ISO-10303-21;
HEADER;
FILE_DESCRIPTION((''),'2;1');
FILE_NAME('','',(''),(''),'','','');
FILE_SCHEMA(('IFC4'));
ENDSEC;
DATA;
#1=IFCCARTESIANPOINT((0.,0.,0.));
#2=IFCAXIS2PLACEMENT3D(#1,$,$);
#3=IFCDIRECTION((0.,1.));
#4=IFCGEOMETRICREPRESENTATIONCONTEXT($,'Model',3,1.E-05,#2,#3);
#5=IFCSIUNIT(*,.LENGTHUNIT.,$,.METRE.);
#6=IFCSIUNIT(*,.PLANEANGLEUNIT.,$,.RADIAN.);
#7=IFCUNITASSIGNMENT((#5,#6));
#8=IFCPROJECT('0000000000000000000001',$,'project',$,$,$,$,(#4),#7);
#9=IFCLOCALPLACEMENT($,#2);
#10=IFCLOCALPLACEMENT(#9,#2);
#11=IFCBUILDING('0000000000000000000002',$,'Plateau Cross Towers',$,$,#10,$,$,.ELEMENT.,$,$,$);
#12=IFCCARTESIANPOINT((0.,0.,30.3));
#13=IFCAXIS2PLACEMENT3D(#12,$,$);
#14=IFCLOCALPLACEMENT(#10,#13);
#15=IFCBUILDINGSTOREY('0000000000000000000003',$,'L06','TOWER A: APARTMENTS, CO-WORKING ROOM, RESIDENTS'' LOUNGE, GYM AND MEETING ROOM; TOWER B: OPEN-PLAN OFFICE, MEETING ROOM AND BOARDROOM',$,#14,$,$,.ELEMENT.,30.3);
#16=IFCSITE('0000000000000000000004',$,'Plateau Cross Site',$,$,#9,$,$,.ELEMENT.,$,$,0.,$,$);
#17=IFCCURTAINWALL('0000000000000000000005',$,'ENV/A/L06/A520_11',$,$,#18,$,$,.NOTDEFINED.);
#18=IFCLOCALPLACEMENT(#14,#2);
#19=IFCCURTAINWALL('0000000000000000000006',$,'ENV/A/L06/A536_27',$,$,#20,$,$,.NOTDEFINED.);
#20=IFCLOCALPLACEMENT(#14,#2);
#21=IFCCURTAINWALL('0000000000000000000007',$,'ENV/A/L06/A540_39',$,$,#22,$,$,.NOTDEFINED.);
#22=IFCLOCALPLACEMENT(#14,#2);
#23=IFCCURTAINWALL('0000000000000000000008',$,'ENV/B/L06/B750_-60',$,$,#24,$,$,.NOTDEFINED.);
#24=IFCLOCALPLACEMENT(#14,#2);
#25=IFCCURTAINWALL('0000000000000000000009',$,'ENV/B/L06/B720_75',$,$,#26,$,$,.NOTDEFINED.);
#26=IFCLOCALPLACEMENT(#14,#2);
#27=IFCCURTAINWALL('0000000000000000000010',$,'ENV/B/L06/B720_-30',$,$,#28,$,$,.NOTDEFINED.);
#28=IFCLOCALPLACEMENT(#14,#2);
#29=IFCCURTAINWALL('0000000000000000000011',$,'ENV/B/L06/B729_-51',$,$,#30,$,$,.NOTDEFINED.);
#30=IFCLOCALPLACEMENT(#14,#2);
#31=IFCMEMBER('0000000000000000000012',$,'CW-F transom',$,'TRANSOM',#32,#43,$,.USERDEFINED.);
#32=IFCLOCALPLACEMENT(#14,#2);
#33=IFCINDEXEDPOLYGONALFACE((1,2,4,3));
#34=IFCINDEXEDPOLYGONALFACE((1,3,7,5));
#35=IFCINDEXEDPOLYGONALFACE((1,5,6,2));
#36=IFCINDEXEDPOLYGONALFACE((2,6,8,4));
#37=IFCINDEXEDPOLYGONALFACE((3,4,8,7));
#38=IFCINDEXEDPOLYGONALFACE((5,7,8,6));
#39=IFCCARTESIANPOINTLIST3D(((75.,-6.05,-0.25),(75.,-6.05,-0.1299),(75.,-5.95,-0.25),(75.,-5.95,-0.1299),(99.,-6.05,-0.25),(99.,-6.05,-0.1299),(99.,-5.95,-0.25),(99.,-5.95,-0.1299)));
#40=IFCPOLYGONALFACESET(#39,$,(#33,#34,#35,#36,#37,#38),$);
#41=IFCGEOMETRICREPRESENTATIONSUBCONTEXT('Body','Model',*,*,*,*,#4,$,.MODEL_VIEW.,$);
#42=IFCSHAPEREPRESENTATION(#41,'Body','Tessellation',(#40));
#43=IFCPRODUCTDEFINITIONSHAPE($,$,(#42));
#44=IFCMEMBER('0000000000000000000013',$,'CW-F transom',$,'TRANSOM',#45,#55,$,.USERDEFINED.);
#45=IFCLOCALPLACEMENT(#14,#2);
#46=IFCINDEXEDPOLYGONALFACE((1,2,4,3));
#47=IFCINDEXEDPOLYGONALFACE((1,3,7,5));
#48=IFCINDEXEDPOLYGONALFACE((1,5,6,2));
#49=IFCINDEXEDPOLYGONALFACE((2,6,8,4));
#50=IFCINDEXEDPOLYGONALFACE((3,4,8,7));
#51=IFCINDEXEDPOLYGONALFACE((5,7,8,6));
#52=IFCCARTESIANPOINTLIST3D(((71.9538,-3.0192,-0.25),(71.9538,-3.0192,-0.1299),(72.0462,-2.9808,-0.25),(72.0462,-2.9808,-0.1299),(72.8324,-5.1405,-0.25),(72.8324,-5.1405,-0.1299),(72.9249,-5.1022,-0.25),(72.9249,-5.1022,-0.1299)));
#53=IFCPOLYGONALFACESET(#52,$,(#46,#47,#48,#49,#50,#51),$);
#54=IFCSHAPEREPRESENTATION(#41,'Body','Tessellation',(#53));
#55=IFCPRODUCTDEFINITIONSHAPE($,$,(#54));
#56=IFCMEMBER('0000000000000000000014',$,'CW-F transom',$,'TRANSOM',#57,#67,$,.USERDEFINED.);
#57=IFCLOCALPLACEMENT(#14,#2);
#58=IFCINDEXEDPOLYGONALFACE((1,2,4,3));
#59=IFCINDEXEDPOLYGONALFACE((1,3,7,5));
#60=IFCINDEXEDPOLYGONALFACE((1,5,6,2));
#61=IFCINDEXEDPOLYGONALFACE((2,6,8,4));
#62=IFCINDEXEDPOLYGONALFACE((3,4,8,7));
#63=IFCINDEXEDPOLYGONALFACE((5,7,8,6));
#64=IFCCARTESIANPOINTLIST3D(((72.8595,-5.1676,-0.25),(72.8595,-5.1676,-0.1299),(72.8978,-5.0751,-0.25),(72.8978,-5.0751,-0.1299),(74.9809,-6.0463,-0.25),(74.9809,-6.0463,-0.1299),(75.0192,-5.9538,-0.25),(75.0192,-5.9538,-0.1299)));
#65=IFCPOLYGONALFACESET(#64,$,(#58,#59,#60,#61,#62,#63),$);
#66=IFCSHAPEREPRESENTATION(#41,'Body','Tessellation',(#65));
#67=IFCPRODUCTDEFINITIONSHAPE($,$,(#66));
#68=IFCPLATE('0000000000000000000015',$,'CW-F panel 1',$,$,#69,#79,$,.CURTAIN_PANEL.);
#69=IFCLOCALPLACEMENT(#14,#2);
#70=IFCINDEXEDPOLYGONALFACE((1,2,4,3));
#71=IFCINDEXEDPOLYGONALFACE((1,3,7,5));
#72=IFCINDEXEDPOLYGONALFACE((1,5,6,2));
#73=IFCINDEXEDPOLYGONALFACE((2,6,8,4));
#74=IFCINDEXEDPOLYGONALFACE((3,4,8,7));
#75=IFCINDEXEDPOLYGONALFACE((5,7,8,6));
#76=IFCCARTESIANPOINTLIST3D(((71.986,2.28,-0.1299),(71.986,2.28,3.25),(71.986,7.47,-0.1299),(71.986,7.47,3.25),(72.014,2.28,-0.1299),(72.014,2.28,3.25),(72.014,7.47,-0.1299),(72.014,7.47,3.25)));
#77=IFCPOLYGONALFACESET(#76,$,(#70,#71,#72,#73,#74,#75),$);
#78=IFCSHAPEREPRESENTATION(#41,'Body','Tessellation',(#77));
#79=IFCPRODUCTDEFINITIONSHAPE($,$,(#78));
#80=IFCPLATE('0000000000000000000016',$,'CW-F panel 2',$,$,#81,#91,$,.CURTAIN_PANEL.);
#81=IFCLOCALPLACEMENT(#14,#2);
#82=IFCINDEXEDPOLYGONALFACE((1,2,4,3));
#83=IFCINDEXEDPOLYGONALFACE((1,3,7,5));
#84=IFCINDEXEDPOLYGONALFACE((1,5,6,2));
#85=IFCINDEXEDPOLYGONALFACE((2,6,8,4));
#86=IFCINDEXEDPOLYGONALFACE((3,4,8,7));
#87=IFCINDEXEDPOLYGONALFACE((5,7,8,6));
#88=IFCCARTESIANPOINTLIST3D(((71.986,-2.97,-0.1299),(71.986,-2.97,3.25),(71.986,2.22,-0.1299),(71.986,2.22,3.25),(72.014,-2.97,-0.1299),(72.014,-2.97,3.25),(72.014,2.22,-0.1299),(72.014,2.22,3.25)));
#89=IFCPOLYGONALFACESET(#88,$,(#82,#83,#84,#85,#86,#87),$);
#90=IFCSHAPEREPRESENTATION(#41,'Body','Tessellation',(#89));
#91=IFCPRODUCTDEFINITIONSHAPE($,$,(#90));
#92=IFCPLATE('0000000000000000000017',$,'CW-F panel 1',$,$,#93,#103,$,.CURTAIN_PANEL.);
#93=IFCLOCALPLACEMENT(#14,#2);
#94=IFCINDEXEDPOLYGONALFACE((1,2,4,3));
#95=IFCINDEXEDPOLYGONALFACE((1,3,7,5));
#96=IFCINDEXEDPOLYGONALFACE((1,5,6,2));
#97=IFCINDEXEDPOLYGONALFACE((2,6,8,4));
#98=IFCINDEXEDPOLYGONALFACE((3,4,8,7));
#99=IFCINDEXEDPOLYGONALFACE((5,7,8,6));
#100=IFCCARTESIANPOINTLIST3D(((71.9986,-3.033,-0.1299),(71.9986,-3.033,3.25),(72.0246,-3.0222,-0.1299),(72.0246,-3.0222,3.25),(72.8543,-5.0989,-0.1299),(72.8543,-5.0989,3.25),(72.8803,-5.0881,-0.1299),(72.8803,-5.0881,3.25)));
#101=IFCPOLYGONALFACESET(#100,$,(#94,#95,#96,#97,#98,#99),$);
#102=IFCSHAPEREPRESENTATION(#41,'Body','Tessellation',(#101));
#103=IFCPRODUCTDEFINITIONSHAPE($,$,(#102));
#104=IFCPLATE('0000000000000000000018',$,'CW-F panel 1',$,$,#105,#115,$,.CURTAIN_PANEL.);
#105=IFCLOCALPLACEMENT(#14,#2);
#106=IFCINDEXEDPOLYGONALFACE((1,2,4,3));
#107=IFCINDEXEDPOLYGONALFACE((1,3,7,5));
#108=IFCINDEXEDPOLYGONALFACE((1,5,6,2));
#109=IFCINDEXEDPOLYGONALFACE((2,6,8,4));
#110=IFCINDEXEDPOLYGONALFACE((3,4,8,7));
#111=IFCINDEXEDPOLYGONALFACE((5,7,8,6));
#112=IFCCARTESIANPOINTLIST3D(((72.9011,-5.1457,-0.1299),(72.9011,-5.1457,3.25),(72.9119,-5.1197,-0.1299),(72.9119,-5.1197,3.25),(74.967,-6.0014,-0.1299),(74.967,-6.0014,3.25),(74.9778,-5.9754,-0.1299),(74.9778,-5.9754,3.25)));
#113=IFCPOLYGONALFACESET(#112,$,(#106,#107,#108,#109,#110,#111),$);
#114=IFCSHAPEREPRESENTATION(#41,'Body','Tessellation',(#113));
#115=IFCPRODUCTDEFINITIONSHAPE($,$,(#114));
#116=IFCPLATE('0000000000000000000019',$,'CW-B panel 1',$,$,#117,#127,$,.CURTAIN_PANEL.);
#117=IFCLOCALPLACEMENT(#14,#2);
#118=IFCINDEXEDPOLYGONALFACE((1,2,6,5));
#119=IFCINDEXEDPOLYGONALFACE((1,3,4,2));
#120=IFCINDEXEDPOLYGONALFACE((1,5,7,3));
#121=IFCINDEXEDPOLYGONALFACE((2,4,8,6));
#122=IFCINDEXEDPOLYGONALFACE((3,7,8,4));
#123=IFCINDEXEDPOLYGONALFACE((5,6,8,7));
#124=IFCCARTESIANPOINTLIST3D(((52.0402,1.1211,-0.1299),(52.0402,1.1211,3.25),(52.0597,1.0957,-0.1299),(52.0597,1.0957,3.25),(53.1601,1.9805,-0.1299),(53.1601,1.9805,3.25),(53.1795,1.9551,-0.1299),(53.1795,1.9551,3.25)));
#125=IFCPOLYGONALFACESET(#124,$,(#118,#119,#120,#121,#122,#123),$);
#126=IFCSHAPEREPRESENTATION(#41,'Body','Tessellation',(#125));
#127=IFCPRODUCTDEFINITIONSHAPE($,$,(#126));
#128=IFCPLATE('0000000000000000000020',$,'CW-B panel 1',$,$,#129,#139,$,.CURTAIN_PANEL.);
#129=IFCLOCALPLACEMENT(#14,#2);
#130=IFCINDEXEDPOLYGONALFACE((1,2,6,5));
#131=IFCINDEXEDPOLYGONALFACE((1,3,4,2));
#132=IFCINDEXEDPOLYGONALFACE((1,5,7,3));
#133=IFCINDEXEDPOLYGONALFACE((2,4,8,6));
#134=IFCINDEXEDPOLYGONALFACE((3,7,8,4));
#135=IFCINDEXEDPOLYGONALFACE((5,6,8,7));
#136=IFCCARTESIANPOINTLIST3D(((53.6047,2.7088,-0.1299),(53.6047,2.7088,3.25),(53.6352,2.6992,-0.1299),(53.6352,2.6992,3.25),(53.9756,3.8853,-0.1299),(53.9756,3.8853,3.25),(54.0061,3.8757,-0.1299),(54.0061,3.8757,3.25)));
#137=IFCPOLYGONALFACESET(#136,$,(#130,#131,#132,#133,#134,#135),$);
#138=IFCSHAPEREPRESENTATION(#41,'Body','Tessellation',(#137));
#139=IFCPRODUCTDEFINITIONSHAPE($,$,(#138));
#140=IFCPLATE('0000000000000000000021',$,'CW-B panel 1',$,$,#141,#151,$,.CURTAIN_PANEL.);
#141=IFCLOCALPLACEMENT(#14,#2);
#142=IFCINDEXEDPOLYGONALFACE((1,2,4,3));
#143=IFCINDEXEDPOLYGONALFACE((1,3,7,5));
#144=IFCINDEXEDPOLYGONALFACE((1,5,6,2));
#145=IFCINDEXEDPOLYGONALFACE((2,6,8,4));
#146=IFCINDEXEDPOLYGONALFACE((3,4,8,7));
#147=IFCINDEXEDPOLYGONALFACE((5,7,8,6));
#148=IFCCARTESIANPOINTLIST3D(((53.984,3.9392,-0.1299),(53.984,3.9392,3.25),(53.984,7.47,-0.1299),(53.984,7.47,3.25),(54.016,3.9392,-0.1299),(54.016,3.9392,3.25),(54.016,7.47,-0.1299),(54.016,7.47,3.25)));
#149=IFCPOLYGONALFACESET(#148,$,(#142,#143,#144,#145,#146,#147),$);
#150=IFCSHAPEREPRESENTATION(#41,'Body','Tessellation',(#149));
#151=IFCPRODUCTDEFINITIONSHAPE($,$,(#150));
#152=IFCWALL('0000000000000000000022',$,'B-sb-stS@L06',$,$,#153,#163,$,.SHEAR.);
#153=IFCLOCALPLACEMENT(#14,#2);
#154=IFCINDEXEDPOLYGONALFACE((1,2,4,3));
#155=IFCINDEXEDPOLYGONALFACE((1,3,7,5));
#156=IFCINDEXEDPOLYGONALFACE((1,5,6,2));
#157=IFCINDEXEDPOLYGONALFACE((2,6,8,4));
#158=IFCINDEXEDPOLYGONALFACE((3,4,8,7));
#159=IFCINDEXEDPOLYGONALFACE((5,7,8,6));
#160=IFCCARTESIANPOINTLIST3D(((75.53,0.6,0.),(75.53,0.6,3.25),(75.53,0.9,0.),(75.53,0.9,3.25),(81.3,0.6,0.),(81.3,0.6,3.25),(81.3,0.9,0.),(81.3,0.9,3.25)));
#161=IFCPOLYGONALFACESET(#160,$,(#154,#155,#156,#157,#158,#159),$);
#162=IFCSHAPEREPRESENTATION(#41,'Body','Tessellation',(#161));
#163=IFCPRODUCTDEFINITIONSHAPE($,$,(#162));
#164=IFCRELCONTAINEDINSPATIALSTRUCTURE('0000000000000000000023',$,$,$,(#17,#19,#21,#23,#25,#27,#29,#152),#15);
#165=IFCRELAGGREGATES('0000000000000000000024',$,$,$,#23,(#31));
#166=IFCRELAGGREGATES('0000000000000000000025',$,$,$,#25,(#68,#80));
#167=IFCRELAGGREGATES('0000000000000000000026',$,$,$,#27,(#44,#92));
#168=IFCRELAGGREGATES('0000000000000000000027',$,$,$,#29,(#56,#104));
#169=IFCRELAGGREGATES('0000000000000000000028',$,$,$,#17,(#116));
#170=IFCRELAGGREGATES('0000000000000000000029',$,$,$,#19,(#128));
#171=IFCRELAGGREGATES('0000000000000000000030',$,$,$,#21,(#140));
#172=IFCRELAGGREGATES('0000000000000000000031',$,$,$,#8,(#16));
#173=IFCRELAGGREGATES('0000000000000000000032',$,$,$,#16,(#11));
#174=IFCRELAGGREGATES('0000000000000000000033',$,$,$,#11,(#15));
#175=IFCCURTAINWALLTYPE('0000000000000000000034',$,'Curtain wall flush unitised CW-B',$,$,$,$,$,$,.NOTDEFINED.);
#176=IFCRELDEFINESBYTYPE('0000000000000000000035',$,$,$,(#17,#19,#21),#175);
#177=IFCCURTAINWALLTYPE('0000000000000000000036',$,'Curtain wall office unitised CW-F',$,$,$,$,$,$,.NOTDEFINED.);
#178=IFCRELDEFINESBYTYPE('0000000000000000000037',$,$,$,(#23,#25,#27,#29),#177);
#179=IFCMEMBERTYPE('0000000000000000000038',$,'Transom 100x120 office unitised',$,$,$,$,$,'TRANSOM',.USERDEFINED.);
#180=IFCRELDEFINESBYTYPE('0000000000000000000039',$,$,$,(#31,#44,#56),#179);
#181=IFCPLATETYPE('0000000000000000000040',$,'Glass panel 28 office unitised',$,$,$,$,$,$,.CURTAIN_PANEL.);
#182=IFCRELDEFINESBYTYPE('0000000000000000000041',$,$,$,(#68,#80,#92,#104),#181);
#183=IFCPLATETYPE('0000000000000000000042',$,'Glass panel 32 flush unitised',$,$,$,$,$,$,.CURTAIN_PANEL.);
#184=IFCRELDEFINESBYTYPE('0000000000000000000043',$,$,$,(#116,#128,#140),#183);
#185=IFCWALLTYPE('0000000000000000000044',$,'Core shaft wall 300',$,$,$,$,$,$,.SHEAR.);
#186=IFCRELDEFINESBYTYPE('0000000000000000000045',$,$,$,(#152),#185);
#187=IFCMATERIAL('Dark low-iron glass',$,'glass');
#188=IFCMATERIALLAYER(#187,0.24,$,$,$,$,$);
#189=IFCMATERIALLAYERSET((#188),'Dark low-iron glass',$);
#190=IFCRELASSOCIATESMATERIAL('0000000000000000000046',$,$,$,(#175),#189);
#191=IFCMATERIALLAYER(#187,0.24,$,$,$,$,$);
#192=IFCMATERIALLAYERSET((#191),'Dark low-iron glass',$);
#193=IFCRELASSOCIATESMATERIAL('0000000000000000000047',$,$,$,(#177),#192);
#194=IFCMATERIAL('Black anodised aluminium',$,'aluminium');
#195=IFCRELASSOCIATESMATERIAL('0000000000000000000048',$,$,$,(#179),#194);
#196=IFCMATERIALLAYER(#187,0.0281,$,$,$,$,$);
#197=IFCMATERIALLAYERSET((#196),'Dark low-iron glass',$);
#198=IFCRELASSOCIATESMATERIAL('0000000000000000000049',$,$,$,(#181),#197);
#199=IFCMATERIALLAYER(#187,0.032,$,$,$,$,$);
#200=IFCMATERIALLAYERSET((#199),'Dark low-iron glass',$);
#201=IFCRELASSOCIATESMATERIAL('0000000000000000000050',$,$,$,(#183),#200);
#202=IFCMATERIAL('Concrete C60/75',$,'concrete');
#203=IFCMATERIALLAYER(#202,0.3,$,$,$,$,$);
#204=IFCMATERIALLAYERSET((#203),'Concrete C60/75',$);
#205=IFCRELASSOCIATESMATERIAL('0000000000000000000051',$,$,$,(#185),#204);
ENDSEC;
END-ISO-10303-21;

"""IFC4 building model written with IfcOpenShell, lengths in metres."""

from ifc_helpers import new_model, si_unit, direction, frame, frame_2d, origin, origin_2d, place, context, subcontext, project, spatial, rectangle, extrude, material, layer, layer_set, material_profile, profile_set, type_object, element, aggregate, save


model = new_model("IFC4")

# Units and contexts
model_context = context("Model", 3, precision=1e-05, world=origin(), true_north=direction((0.0, 1.0)))
body_context = subcontext(model_context, "Body", "Model", "MODEL_VIEW")
ifc_project = project(units=[si_unit("LENGTHUNIT", "METRE"), si_unit("PLANEANGLEUNIT", "RADIAN")], contexts=[model_context])

# Site, building, storey
site_placement = place(None, origin())
site = spatial("IfcSite", under=ifc_project, at=site_placement, Name="Plateau Cross Site", CompositionType="ELEMENT", RefElevation=0.0)
building_placement = place(site_placement, origin())
building = spatial("IfcBuilding", under=site, at=building_placement, Name="Plateau Cross Towers", CompositionType="ELEMENT")
storey_placement = place(building_placement, frame((0.0, 0.0, 30.3)))
storey = spatial("IfcBuildingStorey", under=building, at=storey_placement, Name="L06", Description="TOWER A: APARTMENTS, CO-WORKING ROOM, RESIDENTS' LOUNGE, GYM AND MEETING ROOM; TOWER B: OPEN-PLAN OFFICE, MEETING ROOM AND BOARDROOM", CompositionType="ELEMENT", Elevation=30.3)

# Shared definitions
ifc_material_1 = material(Name="Concrete C60/75", Category="concrete")

# Curtain walls
ifc_material_2 = material(Name="Dark low-iron glass", Category="glass")
ifc_layer_1 = layer(ifc_material_2, 0.24)
ifc_layer_set_1 = layer_set([ifc_layer_1], Name="Dark low-iron glass")
curtain_wall_type_1 = type_object("IfcCurtainWallType", Name="Curtain wall flush unitised CW-B", PredefinedType="NOTDEFINED", material=ifc_layer_set_1)
curtain_wall_1_placement = place(storey_placement, origin())
curtain_wall_1 = element("IfcCurtainWall", 1, at=curtain_wall_1_placement, inside=storey, type_object=curtain_wall_type_1, Name="ENV/A/L06/A520_11", PredefinedType="NOTDEFINED")
ifc_material_3 = material(Name="Black anodised aluminium", Category="aluminium")
curtain_wall_2_placement = place(storey_placement, origin())
curtain_wall_2 = element("IfcCurtainWall", 2, at=curtain_wall_2_placement, inside=storey, type_object=curtain_wall_type_1, Name="ENV/A/L06/A536_27", PredefinedType="NOTDEFINED")

# Curtain wall
curtain_wall_3_placement = place(storey_placement, origin())
curtain_wall_3 = element("IfcCurtainWall", 3, at=curtain_wall_3_placement, inside=storey, type_object=curtain_wall_type_1, Name="ENV/A/L06/A540_39", PredefinedType="NOTDEFINED")

# Curtain walls
ifc_layer_2 = layer(ifc_material_2, 0.24)
ifc_layer_set_2 = layer_set([ifc_layer_2], Name="Dark low-iron glass")
curtain_wall_type_2 = type_object("IfcCurtainWallType", Name="Curtain wall office unitised CW-F", PredefinedType="NOTDEFINED", material=ifc_layer_set_2)
curtain_wall_4_placement = place(storey_placement, origin())
curtain_wall_4 = element("IfcCurtainWall", 4, at=curtain_wall_4_placement, inside=storey, type_object=curtain_wall_type_2, Name="ENV/B/L06/B750_-60", PredefinedType="NOTDEFINED")
curtain_wall_5_placement = place(storey_placement, origin())
curtain_wall_5 = element("IfcCurtainWall", 5, at=curtain_wall_5_placement, inside=storey, type_object=curtain_wall_type_2, Name="ENV/B/L06/B720_75", PredefinedType="NOTDEFINED")
curtain_wall_6_placement = place(storey_placement, origin())
curtain_wall_6 = element("IfcCurtainWall", 6, at=curtain_wall_6_placement, inside=storey, type_object=curtain_wall_type_2, Name="ENV/B/L06/B720_-30", PredefinedType="NOTDEFINED")
curtain_wall_7_placement = place(storey_placement, origin())
curtain_wall_7 = element("IfcCurtainWall", 7, at=curtain_wall_7_placement, inside=storey, type_object=curtain_wall_type_2, Name="ENV/B/L06/B729_-51", PredefinedType="NOTDEFINED")

# Members
ifc_material_profile_1 = material_profile(ifc_material_3, rectangle(XDim=0.1001, YDim=0.1201, at=origin_2d()), Name="TRANSOM 100x120")
ifc_profile_set_1 = profile_set([ifc_material_profile_1], Name="Black anodised aluminium")
member_type_1 = type_object("IfcMemberType", Name="Transom 100x120 office unitised", ElementType="TRANSOM", PredefinedType="USERDEFINED", material=ifc_profile_set_1)
member_1_placement = place(storey_placement, frame((75.0, -6.0, -0.1899), z_axis=(1.0, 0.0, 0.0), x_axis=(0.0, 1.0, 0.0)))
member_1 = element("IfcMember", 8, at=member_1_placement, type_object=member_type_1, Name="CW-F transom", ObjectType="TRANSOM", PredefinedType="USERDEFINED", context=body_context, shape_type="SweptSolid", body=[
    extrude(rectangle(XDim=0.1001, YDim=0.1201, at=origin_2d()), origin(), (0.0, 0.0, 1.0), 24.0),
])
aggregate(curtain_wall_4, [member_1])
member_2_placement = place(storey_placement, frame((72.0, -3.0, -0.1899), z_axis=(0.382674, -0.923883, 0.0), x_axis=(0.923883, 0.382674, 0.0)))
member_2 = element("IfcMember", 9, at=member_2_placement, type_object=member_type_1, Name="CW-F transom", ObjectType="TRANSOM", PredefinedType="USERDEFINED", context=body_context, shape_type="SweptSolid", body=[
    extrude(rectangle(XDim=0.1001, YDim=0.1201, at=origin_2d()), origin(), (0.0, 0.0, 1.0), 2.2961),
])
member_3_placement = place(storey_placement, frame((72.8787, -5.1213, -0.1899), z_axis=(0.923883, -0.382674, 0.0), x_axis=(0.382674, 0.923883, 0.0)))
member_3 = element("IfcMember", 10, at=member_3_placement, type_object=member_type_1, Name="CW-F transom", ObjectType="TRANSOM", PredefinedType="USERDEFINED", context=body_context, shape_type="SweptSolid", body=[
    extrude(rectangle(XDim=0.1001, YDim=0.1201, at=origin_2d()), origin(), (0.0, 0.0, 1.0), 2.2961),
])

# Plates
ifc_layer_3 = layer(ifc_material_2, 0.0281)
ifc_layer_set_3 = layer_set([ifc_layer_3], Name="Dark low-iron glass")
plate_type_1 = type_object("IfcPlateType", Name="Glass panel 28 office unitised", PredefinedType="CURTAIN_PANEL", material=ifc_layer_set_3)
plate_1_placement = place(storey_placement, frame((72.0, 4.875, -0.1299), z_axis=(0.0, 0.0, 1.0), x_axis=(0.0, -1.0, 0.0)))
plate_1 = element("IfcPlate", 11, at=plate_1_placement, type_object=plate_type_1, Name="CW-F panel 1", PredefinedType="CURTAIN_PANEL", context=body_context, shape_type="SweptSolid", body=[
    extrude(rectangle(XDim=5.1899, YDim=0.0281, at=origin_2d()), origin(), (0.0, 0.0, 1.0), 3.3799),
])
plate_2_placement = place(storey_placement, frame((72.0, -0.375, -0.1299), z_axis=(0.0, 0.0, 1.0), x_axis=(0.0, -1.0, 0.0)))
plate_2 = element("IfcPlate", 12, at=plate_2_placement, type_object=plate_type_1, Name="CW-F panel 2", PredefinedType="CURTAIN_PANEL", context=body_context, shape_type="SweptSolid", body=[
    extrude(rectangle(XDim=5.1899, YDim=0.0281, at=origin_2d()), origin(), (0.0, 0.0, 1.0), 3.3799),
])
aggregate(curtain_wall_5, [plate_1, plate_2])
plate_3_placement = place(storey_placement, frame((72.4395, -4.0605, -0.1299), z_axis=(0.0, 0.0, 1.0), x_axis=(0.382684, -0.923879, 0.0)))
plate_3 = element("IfcPlate", 13, at=plate_3_placement, type_object=plate_type_1, Name="CW-F panel 1", PredefinedType="CURTAIN_PANEL", context=body_context, shape_type="SweptSolid", body=[
    extrude(rectangle(XDim=2.2361, YDim=0.0281, at=origin_2d()), origin(), (0.0, 0.0, 1.0), 3.3799),
])
aggregate(curtain_wall_6, [member_2, plate_3])
plate_4_placement = place(storey_placement, frame((73.9395, -5.5605, -0.1299), z_axis=(0.0, 0.0, 1.0), x_axis=(0.923879, -0.382684, 0.0)))
plate_4 = element("IfcPlate", 14, at=plate_4_placement, type_object=plate_type_1, Name="CW-F panel 1", PredefinedType="CURTAIN_PANEL", context=body_context, shape_type="SweptSolid", body=[
    extrude(rectangle(XDim=2.2361, YDim=0.0281, at=origin_2d()), origin(), (0.0, 0.0, 1.0), 3.3799),
])
aggregate(curtain_wall_7, [member_3, plate_4])
ifc_layer_4 = layer(ifc_material_2, 0.032)
ifc_layer_set_4 = layer_set([ifc_layer_4], Name="Dark low-iron glass")
plate_type_2 = type_object("IfcPlateType", Name="Glass panel 32 flush unitised", PredefinedType="CURTAIN_PANEL", material=ifc_layer_set_4)
plate_5_placement = place(storey_placement, frame((52.6099, 1.5381, -0.1299), z_axis=(0.0, 0.0, 1.0), x_axis=(0.793316, 0.608811, 0.0)))
plate_5 = element("IfcPlate", 15, at=plate_5_placement, type_object=plate_type_2, Name="CW-B panel 1", PredefinedType="CURTAIN_PANEL", context=body_context, shape_type="SweptSolid", body=[
    extrude(rectangle(XDim=1.4116, YDim=0.032, at=origin_2d()), origin(), (0.0, 0.0, 1.0), 3.3799),
])
aggregate(curtain_wall_1, [plate_5])
plate_6_placement = place(storey_placement, frame((53.8054, 3.2922, -0.1299), z_axis=(0.0, 0.0, 1.0), x_axis=(0.300686, 0.953723, 0.0)))
plate_6 = element("IfcPlate", 16, at=plate_6_placement, type_object=plate_type_2, Name="CW-B panel 1", PredefinedType="CURTAIN_PANEL", context=body_context, shape_type="SweptSolid", body=[
    extrude(rectangle(XDim=1.2336, YDim=0.032, at=origin_2d()), origin(), (0.0, 0.0, 1.0), 3.3799),
])
aggregate(curtain_wall_2, [plate_6])
plate_7_placement = place(storey_placement, frame((54.0, 5.7046, -0.1299), z_axis=(0.0, 0.0, 1.0), x_axis=(0.0, 1.0, 0.0)))
plate_7 = element("IfcPlate", 17, at=plate_7_placement, type_object=plate_type_2, Name="CW-B panel 1", PredefinedType="CURTAIN_PANEL", context=body_context, shape_type="SweptSolid", body=[
    extrude(rectangle(XDim=3.5308, YDim=0.032, at=origin_2d()), origin(), (0.0, 0.0, 1.0), 3.3799),
])
aggregate(curtain_wall_3, [plate_7])

# Wall
ifc_layer_5 = layer(ifc_material_1, 0.3)
ifc_layer_set_5 = layer_set([ifc_layer_5], Name="Concrete C60/75")
wall_type_1 = type_object("IfcWallType", Name="Core shaft wall 300", PredefinedType="SHEAR", material=ifc_layer_set_5)
wall_1_placement = place(storey_placement, frame((75.53, 0.75, 0.0), z_axis=(0.0, 0.0, 1.0), x_axis=(1.0, 0.0, 0.0)))
element("IfcWall", 18, at=wall_1_placement, inside=storey, type_object=wall_type_1, Name="B-sb-stS@L06", PredefinedType="SHEAR", context=body_context, shape_type="SweptSolid", body=[
    extrude(rectangle(XDim=5.77, YDim=0.3, at=frame_2d((2.885, 0.0))), origin(), (0.0, 0.0, 1.0), 3.25),
])

save(model, "model.ifc")
